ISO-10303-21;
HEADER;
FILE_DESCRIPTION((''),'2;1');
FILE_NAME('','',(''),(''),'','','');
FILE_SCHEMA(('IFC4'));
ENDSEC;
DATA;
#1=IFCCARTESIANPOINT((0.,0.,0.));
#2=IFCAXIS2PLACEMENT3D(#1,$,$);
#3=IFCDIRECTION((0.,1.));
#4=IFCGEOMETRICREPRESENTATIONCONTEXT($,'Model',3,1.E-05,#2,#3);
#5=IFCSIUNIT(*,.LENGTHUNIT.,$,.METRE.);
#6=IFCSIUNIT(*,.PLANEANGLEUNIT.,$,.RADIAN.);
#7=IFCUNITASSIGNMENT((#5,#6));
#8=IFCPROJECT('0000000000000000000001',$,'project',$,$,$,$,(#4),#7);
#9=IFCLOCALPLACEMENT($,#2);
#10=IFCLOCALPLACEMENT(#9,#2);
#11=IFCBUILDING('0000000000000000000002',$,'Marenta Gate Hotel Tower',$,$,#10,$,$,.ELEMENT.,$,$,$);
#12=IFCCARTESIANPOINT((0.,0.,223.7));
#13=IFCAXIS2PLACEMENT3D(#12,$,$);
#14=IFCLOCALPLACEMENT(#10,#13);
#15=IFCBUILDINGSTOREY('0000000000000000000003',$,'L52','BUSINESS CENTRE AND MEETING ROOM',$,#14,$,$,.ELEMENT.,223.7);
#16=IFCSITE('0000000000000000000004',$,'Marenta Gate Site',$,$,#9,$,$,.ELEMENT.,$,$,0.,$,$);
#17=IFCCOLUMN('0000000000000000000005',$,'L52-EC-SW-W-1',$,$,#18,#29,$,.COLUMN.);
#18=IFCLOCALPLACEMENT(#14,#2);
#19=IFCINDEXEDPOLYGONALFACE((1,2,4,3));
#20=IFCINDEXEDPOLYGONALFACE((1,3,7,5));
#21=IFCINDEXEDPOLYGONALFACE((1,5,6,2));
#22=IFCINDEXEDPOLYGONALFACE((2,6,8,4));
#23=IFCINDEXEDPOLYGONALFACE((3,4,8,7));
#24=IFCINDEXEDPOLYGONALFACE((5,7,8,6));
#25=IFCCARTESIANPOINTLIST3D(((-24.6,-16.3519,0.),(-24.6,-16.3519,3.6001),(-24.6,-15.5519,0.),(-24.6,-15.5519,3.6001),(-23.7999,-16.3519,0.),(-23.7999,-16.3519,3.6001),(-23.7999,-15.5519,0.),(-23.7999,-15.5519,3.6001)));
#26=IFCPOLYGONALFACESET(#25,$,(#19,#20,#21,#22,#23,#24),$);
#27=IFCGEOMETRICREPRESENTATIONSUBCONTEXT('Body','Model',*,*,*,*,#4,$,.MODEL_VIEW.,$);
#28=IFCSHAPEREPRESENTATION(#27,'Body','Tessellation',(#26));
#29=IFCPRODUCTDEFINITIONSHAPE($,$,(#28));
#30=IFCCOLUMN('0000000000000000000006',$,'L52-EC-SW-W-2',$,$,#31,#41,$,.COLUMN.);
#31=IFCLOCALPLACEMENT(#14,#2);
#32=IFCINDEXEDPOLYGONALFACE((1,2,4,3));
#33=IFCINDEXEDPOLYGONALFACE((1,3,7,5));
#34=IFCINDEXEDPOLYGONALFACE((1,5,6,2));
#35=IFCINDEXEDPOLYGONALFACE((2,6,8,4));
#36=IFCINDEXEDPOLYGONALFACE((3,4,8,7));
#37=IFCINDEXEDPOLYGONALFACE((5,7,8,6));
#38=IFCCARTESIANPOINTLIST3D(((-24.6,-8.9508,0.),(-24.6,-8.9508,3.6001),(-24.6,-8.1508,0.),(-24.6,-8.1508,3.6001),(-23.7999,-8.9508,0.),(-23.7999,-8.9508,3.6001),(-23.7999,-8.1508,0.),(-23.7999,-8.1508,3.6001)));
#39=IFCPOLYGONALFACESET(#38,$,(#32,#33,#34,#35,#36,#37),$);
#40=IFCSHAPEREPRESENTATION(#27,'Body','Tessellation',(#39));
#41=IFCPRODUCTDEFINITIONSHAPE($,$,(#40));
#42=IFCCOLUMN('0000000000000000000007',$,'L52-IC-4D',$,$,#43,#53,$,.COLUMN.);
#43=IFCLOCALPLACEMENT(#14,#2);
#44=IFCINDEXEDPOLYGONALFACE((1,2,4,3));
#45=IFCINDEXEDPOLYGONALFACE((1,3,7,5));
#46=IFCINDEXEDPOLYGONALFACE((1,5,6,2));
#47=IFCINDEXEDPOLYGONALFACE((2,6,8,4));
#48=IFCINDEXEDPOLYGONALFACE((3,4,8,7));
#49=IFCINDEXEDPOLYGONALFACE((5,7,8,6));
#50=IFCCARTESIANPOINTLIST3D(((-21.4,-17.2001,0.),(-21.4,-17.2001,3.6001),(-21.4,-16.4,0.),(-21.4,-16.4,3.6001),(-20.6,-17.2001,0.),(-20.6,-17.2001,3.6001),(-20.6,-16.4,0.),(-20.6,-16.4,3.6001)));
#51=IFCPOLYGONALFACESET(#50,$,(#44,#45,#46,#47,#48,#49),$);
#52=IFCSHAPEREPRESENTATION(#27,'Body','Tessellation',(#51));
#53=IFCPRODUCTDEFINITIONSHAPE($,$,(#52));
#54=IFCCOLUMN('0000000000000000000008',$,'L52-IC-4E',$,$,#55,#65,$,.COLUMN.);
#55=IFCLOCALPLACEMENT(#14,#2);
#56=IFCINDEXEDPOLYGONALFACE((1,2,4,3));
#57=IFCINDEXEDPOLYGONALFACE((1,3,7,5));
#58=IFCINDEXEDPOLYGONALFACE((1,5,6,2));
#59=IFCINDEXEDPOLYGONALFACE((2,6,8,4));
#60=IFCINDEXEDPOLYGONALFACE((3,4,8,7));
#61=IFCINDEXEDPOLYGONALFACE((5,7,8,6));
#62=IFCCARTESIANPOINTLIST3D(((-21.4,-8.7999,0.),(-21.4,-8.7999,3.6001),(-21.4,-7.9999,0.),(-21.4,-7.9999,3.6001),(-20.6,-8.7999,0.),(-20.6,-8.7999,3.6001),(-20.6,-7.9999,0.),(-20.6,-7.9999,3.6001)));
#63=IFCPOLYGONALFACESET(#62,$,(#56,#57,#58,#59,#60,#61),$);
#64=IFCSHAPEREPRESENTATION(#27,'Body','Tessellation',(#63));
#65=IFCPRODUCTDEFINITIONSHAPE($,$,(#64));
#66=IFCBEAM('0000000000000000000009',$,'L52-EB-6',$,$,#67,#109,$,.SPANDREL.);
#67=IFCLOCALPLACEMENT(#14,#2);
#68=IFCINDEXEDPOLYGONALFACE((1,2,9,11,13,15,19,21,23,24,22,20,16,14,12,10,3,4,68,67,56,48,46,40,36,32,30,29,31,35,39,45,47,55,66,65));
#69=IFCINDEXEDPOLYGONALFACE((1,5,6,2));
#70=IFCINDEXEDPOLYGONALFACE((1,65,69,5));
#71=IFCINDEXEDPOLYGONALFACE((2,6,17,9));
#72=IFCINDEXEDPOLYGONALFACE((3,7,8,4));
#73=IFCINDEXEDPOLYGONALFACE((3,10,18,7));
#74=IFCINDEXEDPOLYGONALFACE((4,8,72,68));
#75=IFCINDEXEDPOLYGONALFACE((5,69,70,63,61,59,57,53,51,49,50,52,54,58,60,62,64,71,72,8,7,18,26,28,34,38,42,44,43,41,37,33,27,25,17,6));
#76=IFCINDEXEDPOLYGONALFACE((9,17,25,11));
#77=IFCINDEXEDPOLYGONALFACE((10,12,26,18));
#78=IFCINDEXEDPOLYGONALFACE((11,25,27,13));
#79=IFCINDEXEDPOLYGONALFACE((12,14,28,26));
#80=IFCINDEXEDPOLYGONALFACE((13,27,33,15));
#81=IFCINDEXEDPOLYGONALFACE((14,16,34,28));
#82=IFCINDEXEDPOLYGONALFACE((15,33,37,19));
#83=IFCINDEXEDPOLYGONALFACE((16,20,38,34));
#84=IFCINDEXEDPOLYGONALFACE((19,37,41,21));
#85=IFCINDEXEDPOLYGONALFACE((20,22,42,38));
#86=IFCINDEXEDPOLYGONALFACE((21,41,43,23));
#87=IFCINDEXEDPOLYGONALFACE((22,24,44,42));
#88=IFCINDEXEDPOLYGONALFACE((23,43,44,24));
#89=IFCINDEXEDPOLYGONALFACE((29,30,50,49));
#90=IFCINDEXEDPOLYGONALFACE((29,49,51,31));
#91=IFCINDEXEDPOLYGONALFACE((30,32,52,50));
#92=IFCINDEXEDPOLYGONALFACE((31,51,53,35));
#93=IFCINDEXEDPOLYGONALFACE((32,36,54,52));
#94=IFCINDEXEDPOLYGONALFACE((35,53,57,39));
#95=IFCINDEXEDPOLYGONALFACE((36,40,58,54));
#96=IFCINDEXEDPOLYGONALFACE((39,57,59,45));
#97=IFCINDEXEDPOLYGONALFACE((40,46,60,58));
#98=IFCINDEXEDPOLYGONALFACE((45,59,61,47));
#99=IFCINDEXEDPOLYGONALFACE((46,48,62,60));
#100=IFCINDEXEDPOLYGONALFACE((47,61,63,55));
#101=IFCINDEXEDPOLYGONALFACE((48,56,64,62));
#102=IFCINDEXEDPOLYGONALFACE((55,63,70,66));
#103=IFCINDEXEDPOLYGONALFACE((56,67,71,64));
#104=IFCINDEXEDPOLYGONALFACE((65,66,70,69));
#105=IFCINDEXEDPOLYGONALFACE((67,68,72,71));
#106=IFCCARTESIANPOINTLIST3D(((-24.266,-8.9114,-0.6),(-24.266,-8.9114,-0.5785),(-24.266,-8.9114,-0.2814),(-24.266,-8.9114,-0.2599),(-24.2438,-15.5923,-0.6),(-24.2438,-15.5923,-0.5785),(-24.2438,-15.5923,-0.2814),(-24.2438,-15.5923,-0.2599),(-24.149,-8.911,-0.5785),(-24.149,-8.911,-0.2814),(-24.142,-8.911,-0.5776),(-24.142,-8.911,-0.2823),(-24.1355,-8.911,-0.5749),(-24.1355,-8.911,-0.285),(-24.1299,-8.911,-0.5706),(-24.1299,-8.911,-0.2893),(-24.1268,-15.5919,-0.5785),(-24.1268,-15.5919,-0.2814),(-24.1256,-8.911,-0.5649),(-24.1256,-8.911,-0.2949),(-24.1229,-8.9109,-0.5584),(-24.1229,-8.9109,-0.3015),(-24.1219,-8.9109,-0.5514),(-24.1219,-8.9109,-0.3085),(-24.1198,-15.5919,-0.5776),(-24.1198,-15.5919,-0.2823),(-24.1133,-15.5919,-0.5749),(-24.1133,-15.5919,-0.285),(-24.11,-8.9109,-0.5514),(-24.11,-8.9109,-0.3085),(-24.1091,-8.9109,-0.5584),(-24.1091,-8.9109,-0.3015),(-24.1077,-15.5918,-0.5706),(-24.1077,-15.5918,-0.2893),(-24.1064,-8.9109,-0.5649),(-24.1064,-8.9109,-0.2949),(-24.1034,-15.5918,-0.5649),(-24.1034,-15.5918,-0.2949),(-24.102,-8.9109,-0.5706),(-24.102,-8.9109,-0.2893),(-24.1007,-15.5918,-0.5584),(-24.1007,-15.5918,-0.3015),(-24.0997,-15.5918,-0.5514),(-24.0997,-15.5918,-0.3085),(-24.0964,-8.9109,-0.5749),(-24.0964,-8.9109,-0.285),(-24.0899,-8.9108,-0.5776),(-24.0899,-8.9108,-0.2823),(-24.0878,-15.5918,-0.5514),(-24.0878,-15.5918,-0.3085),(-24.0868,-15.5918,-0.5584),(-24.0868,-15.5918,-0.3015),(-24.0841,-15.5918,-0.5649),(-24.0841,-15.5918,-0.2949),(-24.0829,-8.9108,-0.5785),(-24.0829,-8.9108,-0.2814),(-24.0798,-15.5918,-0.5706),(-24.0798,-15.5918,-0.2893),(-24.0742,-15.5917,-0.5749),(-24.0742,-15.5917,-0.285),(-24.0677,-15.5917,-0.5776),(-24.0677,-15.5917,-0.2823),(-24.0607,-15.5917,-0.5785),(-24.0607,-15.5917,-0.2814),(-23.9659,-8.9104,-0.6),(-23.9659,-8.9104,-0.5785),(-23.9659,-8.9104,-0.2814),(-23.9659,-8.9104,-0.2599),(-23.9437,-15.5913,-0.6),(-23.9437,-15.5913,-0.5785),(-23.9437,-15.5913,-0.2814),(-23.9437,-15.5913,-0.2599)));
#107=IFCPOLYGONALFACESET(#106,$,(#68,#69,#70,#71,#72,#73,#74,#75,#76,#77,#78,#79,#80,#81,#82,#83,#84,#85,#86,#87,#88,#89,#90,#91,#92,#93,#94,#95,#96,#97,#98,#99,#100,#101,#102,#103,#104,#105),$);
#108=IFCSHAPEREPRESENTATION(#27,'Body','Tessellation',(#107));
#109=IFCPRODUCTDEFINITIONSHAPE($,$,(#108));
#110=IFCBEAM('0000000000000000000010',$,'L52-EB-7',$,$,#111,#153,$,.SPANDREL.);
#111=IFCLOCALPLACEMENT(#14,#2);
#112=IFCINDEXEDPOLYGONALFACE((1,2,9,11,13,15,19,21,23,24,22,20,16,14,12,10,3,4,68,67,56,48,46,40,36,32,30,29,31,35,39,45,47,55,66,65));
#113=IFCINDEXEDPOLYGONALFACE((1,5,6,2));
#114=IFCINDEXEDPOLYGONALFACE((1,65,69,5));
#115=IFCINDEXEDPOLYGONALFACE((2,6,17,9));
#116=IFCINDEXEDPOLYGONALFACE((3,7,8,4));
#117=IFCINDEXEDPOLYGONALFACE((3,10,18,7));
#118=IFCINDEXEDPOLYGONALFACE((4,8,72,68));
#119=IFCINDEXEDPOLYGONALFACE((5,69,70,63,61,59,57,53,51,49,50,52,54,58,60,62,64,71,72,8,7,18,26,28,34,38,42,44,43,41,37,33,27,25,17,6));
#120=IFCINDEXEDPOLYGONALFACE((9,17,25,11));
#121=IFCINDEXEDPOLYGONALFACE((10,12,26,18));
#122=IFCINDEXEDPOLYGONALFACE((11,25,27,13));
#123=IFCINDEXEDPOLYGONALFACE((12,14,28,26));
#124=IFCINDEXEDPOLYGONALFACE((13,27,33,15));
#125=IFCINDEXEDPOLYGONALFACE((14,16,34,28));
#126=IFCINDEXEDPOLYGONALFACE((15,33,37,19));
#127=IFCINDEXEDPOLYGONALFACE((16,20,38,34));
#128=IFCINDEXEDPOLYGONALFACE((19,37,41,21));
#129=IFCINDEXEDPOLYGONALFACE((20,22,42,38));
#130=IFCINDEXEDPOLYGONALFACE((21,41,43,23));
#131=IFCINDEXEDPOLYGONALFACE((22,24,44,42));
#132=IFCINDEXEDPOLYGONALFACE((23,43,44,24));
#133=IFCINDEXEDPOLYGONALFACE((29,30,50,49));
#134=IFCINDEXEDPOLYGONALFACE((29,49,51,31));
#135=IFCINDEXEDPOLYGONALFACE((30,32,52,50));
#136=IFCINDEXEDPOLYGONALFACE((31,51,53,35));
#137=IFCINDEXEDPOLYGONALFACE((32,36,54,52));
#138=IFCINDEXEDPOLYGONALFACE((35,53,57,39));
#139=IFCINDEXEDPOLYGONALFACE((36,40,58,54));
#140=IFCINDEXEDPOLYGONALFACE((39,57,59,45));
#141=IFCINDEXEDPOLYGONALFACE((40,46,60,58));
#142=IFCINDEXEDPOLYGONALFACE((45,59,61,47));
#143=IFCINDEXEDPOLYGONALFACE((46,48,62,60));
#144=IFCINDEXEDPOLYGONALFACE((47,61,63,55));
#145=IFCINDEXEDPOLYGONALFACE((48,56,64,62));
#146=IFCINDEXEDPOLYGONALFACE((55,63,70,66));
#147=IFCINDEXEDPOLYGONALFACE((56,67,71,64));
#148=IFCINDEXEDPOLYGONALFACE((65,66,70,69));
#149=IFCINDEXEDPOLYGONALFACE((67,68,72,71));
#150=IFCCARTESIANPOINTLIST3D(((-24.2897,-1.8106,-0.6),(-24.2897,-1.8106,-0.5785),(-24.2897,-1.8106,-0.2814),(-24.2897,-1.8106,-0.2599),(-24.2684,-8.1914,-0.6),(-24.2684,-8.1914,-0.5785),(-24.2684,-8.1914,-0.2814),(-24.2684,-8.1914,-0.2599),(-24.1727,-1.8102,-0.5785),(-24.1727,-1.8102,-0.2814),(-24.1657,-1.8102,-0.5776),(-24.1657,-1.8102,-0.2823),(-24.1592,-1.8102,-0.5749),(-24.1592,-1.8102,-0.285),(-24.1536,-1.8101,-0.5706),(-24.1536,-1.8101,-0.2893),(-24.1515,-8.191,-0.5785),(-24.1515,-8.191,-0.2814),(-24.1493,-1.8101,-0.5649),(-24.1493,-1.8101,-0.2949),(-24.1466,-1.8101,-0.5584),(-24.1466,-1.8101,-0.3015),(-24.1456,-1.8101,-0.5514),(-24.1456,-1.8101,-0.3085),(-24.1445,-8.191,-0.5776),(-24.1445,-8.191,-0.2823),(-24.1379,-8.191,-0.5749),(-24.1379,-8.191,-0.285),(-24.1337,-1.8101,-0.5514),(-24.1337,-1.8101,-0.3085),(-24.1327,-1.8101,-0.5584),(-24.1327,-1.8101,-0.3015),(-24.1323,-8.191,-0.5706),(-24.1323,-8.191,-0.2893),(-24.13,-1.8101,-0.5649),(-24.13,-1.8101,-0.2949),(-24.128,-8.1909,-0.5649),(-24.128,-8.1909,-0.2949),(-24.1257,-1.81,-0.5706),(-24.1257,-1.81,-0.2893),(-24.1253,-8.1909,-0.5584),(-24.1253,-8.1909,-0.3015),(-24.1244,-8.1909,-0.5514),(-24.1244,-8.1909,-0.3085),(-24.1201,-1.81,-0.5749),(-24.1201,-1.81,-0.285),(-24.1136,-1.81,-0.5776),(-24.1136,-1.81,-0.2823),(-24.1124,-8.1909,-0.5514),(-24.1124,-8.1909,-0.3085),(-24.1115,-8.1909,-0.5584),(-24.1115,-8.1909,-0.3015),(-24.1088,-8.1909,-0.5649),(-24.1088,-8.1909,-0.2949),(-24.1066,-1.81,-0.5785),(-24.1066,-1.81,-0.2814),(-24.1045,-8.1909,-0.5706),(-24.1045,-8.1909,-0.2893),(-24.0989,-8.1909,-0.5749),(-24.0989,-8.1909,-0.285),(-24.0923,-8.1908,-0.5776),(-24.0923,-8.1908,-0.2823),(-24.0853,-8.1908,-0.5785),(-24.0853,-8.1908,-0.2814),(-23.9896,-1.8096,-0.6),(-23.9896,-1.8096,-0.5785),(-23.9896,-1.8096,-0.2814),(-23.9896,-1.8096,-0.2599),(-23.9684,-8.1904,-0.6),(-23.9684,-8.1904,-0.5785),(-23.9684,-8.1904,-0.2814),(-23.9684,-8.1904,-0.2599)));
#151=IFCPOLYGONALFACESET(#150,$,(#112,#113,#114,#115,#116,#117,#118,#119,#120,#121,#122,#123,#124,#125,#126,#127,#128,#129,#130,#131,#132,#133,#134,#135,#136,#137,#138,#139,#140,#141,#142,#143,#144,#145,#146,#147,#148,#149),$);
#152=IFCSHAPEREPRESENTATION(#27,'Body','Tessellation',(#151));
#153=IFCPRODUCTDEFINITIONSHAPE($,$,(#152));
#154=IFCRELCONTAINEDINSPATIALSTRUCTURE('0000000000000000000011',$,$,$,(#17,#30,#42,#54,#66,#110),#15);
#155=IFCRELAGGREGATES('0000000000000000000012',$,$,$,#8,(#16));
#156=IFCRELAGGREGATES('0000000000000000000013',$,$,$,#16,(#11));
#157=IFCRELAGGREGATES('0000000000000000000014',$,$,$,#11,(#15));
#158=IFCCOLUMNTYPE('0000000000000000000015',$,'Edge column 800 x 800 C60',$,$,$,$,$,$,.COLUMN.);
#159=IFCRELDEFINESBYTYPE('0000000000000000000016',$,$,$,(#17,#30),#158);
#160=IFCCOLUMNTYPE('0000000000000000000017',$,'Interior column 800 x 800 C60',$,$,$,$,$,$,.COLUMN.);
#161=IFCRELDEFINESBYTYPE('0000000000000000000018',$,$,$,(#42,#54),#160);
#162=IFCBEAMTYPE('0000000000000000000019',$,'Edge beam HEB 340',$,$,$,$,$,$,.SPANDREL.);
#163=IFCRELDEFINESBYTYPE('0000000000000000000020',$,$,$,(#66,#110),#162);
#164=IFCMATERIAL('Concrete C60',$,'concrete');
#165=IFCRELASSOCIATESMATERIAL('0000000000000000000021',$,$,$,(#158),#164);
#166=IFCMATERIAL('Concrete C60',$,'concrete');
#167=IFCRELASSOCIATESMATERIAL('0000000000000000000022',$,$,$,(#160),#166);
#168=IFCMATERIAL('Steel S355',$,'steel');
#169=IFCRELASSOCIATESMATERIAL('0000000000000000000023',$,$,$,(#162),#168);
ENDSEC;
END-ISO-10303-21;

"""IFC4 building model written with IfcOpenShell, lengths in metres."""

from ifc_helpers import new_model, si_unit, direction, frame, origin, origin_2d, place, context, subcontext, project, spatial, rectangle, i_section, extrude, material, material_profile, profile_set, type_object, element, save


model = new_model("IFC4")

# Units and contexts
model_context = context("Model", 3, precision=1e-05, world=origin(), true_north=direction((0.0, 1.0)))
body_context = subcontext(model_context, "Body", "Model", "MODEL_VIEW")
ifc_project = project(units=[si_unit("LENGTHUNIT", "METRE"), si_unit("PLANEANGLEUNIT", "RADIAN")], contexts=[model_context])

# Site, building, storey
site_placement = place(None, origin())
site = spatial("IfcSite", under=ifc_project, at=site_placement, Name="Marenta Gate Site", CompositionType="ELEMENT", RefElevation=0.0)
building_placement = place(site_placement, origin())
building = spatial("IfcBuilding", under=site, at=building_placement, Name="Marenta Gate Hotel Tower", CompositionType="ELEMENT")
storey_placement = place(building_placement, frame((0.0, 0.0, 223.7)))
storey = spatial("IfcBuildingStorey", under=building, at=storey_placement, Name="L52", Description="BUSINESS CENTRE AND MEETING ROOM", CompositionType="ELEMENT", Elevation=223.7)

# Columns
ifc_material_1 = material(Name="Concrete C60", Category="concrete")
ifc_material_profile_1 = material_profile(ifc_material_1, rectangle(XDim=0.8, YDim=0.8, at=origin_2d()), Name="800 x 800")
ifc_profile_set_1 = profile_set([ifc_material_profile_1], Name="Concrete C60")
column_type_1 = type_object("IfcColumnType", Name="Edge column 800 x 800 C60", PredefinedType="COLUMN", material=ifc_profile_set_1)
for number, where, z_axis, x_axis, name in (
    (1, (-24.2, -15.9519, 0.0), (0.0, 0.0, 1.0), (1.0, 0.0, 0.0), "L52-EC-SW-W-1"),
    (2, (-24.2, -8.5508, 0.0), (0.0, 0.0, 1.0), (1.0, 0.0, 0.0), "L52-EC-SW-W-2"),
):
    element("IfcColumn", number, at=place(storey_placement, frame(where, z_axis=z_axis, x_axis=x_axis)), inside=storey, type_object=column_type_1, Name=name, PredefinedType="COLUMN", context=body_context, shape_type="SweptSolid", body=[
        extrude(rectangle(XDim=0.8, YDim=0.8, at=origin_2d()), origin(), (0.0, 0.0, 1.0), 3.6001),
    ])
ifc_material_2 = material(Name="Concrete C60", Category="concrete")
ifc_material_profile_2 = material_profile(ifc_material_2, rectangle(XDim=0.8, YDim=0.8, at=origin_2d()), Name="800 x 800")
ifc_profile_set_2 = profile_set([ifc_material_profile_2], Name="Concrete C60")
column_type_2 = type_object("IfcColumnType", Name="Interior column 800 x 800 C60", PredefinedType="COLUMN", material=ifc_profile_set_2)
for number, where, z_axis, x_axis, name in (
    (3, (-21.0, -16.8, 0.0), (0.0, 0.0, 1.0), (1.0, 0.0, 0.0), "L52-IC-4D"),
    (4, (-21.0, -8.3999, 0.0), (0.0, 0.0, 1.0), (1.0, 0.0, 0.0), "L52-IC-4E"),
):
    element("IfcColumn", number, at=place(storey_placement, frame(where, z_axis=z_axis, x_axis=x_axis)), inside=storey, type_object=column_type_2, Name=name, PredefinedType="COLUMN", context=body_context, shape_type="SweptSolid", body=[
        extrude(rectangle(XDim=0.8, YDim=0.8, at=origin_2d()), origin(), (0.0, 0.0, 1.0), 3.6001),
    ])

# Beams
ifc_material_3 = material(Name="Steel S355", Category="steel")
ifc_material_profile_3 = material_profile(ifc_material_3, i_section(OverallWidth=0.3, OverallDepth=0.3401, WebThickness=0.012, FlangeThickness=0.0215, FilletRadius=0.0271, at=origin_2d()), Name="HEB 340")
ifc_profile_set_3 = profile_set([ifc_material_profile_3], Name="Steel S355")
beam_type_1 = type_object("IfcBeamType", Name="Edge beam HEB 340", PredefinedType="SPANDREL", material=ifc_profile_set_3)
beam_1_placement = place(storey_placement, frame((-24.0938, -15.5918, -0.4299), z_axis=(-0.003325, 0.999994, 0.0), x_axis=(-0.999994, -0.003325, 0.0)))
element("IfcBeam", 5, at=beam_1_placement, inside=storey, type_object=beam_type_1, Name="L52-EB-6", PredefinedType="SPANDREL", context=body_context, shape_type="SweptSolid", body=[
    extrude(i_section(OverallWidth=0.3, OverallDepth=0.3401, WebThickness=0.012, FlangeThickness=0.0215, FilletRadius=0.0271, at=origin_2d()), origin(), (0.0, 0.0, 1.0), 6.6809),
])
beam_2_placement = place(storey_placement, frame((-24.1184, -8.1909, -0.4299), z_axis=(-0.003329, 0.999994, 0.0), x_axis=(-0.999994, -0.003329, 0.0)))
element("IfcBeam", 6, at=beam_2_placement, inside=storey, type_object=beam_type_1, Name="L52-EB-7", PredefinedType="SPANDREL", context=body_context, shape_type="SweptSolid", body=[
    extrude(i_section(OverallWidth=0.3, OverallDepth=0.3401, WebThickness=0.012, FlangeThickness=0.0215, FilletRadius=0.0271, at=origin_2d()), origin(), (0.0, 0.0, 1.0), 6.3809),
])

save(model, "model.ifc")
